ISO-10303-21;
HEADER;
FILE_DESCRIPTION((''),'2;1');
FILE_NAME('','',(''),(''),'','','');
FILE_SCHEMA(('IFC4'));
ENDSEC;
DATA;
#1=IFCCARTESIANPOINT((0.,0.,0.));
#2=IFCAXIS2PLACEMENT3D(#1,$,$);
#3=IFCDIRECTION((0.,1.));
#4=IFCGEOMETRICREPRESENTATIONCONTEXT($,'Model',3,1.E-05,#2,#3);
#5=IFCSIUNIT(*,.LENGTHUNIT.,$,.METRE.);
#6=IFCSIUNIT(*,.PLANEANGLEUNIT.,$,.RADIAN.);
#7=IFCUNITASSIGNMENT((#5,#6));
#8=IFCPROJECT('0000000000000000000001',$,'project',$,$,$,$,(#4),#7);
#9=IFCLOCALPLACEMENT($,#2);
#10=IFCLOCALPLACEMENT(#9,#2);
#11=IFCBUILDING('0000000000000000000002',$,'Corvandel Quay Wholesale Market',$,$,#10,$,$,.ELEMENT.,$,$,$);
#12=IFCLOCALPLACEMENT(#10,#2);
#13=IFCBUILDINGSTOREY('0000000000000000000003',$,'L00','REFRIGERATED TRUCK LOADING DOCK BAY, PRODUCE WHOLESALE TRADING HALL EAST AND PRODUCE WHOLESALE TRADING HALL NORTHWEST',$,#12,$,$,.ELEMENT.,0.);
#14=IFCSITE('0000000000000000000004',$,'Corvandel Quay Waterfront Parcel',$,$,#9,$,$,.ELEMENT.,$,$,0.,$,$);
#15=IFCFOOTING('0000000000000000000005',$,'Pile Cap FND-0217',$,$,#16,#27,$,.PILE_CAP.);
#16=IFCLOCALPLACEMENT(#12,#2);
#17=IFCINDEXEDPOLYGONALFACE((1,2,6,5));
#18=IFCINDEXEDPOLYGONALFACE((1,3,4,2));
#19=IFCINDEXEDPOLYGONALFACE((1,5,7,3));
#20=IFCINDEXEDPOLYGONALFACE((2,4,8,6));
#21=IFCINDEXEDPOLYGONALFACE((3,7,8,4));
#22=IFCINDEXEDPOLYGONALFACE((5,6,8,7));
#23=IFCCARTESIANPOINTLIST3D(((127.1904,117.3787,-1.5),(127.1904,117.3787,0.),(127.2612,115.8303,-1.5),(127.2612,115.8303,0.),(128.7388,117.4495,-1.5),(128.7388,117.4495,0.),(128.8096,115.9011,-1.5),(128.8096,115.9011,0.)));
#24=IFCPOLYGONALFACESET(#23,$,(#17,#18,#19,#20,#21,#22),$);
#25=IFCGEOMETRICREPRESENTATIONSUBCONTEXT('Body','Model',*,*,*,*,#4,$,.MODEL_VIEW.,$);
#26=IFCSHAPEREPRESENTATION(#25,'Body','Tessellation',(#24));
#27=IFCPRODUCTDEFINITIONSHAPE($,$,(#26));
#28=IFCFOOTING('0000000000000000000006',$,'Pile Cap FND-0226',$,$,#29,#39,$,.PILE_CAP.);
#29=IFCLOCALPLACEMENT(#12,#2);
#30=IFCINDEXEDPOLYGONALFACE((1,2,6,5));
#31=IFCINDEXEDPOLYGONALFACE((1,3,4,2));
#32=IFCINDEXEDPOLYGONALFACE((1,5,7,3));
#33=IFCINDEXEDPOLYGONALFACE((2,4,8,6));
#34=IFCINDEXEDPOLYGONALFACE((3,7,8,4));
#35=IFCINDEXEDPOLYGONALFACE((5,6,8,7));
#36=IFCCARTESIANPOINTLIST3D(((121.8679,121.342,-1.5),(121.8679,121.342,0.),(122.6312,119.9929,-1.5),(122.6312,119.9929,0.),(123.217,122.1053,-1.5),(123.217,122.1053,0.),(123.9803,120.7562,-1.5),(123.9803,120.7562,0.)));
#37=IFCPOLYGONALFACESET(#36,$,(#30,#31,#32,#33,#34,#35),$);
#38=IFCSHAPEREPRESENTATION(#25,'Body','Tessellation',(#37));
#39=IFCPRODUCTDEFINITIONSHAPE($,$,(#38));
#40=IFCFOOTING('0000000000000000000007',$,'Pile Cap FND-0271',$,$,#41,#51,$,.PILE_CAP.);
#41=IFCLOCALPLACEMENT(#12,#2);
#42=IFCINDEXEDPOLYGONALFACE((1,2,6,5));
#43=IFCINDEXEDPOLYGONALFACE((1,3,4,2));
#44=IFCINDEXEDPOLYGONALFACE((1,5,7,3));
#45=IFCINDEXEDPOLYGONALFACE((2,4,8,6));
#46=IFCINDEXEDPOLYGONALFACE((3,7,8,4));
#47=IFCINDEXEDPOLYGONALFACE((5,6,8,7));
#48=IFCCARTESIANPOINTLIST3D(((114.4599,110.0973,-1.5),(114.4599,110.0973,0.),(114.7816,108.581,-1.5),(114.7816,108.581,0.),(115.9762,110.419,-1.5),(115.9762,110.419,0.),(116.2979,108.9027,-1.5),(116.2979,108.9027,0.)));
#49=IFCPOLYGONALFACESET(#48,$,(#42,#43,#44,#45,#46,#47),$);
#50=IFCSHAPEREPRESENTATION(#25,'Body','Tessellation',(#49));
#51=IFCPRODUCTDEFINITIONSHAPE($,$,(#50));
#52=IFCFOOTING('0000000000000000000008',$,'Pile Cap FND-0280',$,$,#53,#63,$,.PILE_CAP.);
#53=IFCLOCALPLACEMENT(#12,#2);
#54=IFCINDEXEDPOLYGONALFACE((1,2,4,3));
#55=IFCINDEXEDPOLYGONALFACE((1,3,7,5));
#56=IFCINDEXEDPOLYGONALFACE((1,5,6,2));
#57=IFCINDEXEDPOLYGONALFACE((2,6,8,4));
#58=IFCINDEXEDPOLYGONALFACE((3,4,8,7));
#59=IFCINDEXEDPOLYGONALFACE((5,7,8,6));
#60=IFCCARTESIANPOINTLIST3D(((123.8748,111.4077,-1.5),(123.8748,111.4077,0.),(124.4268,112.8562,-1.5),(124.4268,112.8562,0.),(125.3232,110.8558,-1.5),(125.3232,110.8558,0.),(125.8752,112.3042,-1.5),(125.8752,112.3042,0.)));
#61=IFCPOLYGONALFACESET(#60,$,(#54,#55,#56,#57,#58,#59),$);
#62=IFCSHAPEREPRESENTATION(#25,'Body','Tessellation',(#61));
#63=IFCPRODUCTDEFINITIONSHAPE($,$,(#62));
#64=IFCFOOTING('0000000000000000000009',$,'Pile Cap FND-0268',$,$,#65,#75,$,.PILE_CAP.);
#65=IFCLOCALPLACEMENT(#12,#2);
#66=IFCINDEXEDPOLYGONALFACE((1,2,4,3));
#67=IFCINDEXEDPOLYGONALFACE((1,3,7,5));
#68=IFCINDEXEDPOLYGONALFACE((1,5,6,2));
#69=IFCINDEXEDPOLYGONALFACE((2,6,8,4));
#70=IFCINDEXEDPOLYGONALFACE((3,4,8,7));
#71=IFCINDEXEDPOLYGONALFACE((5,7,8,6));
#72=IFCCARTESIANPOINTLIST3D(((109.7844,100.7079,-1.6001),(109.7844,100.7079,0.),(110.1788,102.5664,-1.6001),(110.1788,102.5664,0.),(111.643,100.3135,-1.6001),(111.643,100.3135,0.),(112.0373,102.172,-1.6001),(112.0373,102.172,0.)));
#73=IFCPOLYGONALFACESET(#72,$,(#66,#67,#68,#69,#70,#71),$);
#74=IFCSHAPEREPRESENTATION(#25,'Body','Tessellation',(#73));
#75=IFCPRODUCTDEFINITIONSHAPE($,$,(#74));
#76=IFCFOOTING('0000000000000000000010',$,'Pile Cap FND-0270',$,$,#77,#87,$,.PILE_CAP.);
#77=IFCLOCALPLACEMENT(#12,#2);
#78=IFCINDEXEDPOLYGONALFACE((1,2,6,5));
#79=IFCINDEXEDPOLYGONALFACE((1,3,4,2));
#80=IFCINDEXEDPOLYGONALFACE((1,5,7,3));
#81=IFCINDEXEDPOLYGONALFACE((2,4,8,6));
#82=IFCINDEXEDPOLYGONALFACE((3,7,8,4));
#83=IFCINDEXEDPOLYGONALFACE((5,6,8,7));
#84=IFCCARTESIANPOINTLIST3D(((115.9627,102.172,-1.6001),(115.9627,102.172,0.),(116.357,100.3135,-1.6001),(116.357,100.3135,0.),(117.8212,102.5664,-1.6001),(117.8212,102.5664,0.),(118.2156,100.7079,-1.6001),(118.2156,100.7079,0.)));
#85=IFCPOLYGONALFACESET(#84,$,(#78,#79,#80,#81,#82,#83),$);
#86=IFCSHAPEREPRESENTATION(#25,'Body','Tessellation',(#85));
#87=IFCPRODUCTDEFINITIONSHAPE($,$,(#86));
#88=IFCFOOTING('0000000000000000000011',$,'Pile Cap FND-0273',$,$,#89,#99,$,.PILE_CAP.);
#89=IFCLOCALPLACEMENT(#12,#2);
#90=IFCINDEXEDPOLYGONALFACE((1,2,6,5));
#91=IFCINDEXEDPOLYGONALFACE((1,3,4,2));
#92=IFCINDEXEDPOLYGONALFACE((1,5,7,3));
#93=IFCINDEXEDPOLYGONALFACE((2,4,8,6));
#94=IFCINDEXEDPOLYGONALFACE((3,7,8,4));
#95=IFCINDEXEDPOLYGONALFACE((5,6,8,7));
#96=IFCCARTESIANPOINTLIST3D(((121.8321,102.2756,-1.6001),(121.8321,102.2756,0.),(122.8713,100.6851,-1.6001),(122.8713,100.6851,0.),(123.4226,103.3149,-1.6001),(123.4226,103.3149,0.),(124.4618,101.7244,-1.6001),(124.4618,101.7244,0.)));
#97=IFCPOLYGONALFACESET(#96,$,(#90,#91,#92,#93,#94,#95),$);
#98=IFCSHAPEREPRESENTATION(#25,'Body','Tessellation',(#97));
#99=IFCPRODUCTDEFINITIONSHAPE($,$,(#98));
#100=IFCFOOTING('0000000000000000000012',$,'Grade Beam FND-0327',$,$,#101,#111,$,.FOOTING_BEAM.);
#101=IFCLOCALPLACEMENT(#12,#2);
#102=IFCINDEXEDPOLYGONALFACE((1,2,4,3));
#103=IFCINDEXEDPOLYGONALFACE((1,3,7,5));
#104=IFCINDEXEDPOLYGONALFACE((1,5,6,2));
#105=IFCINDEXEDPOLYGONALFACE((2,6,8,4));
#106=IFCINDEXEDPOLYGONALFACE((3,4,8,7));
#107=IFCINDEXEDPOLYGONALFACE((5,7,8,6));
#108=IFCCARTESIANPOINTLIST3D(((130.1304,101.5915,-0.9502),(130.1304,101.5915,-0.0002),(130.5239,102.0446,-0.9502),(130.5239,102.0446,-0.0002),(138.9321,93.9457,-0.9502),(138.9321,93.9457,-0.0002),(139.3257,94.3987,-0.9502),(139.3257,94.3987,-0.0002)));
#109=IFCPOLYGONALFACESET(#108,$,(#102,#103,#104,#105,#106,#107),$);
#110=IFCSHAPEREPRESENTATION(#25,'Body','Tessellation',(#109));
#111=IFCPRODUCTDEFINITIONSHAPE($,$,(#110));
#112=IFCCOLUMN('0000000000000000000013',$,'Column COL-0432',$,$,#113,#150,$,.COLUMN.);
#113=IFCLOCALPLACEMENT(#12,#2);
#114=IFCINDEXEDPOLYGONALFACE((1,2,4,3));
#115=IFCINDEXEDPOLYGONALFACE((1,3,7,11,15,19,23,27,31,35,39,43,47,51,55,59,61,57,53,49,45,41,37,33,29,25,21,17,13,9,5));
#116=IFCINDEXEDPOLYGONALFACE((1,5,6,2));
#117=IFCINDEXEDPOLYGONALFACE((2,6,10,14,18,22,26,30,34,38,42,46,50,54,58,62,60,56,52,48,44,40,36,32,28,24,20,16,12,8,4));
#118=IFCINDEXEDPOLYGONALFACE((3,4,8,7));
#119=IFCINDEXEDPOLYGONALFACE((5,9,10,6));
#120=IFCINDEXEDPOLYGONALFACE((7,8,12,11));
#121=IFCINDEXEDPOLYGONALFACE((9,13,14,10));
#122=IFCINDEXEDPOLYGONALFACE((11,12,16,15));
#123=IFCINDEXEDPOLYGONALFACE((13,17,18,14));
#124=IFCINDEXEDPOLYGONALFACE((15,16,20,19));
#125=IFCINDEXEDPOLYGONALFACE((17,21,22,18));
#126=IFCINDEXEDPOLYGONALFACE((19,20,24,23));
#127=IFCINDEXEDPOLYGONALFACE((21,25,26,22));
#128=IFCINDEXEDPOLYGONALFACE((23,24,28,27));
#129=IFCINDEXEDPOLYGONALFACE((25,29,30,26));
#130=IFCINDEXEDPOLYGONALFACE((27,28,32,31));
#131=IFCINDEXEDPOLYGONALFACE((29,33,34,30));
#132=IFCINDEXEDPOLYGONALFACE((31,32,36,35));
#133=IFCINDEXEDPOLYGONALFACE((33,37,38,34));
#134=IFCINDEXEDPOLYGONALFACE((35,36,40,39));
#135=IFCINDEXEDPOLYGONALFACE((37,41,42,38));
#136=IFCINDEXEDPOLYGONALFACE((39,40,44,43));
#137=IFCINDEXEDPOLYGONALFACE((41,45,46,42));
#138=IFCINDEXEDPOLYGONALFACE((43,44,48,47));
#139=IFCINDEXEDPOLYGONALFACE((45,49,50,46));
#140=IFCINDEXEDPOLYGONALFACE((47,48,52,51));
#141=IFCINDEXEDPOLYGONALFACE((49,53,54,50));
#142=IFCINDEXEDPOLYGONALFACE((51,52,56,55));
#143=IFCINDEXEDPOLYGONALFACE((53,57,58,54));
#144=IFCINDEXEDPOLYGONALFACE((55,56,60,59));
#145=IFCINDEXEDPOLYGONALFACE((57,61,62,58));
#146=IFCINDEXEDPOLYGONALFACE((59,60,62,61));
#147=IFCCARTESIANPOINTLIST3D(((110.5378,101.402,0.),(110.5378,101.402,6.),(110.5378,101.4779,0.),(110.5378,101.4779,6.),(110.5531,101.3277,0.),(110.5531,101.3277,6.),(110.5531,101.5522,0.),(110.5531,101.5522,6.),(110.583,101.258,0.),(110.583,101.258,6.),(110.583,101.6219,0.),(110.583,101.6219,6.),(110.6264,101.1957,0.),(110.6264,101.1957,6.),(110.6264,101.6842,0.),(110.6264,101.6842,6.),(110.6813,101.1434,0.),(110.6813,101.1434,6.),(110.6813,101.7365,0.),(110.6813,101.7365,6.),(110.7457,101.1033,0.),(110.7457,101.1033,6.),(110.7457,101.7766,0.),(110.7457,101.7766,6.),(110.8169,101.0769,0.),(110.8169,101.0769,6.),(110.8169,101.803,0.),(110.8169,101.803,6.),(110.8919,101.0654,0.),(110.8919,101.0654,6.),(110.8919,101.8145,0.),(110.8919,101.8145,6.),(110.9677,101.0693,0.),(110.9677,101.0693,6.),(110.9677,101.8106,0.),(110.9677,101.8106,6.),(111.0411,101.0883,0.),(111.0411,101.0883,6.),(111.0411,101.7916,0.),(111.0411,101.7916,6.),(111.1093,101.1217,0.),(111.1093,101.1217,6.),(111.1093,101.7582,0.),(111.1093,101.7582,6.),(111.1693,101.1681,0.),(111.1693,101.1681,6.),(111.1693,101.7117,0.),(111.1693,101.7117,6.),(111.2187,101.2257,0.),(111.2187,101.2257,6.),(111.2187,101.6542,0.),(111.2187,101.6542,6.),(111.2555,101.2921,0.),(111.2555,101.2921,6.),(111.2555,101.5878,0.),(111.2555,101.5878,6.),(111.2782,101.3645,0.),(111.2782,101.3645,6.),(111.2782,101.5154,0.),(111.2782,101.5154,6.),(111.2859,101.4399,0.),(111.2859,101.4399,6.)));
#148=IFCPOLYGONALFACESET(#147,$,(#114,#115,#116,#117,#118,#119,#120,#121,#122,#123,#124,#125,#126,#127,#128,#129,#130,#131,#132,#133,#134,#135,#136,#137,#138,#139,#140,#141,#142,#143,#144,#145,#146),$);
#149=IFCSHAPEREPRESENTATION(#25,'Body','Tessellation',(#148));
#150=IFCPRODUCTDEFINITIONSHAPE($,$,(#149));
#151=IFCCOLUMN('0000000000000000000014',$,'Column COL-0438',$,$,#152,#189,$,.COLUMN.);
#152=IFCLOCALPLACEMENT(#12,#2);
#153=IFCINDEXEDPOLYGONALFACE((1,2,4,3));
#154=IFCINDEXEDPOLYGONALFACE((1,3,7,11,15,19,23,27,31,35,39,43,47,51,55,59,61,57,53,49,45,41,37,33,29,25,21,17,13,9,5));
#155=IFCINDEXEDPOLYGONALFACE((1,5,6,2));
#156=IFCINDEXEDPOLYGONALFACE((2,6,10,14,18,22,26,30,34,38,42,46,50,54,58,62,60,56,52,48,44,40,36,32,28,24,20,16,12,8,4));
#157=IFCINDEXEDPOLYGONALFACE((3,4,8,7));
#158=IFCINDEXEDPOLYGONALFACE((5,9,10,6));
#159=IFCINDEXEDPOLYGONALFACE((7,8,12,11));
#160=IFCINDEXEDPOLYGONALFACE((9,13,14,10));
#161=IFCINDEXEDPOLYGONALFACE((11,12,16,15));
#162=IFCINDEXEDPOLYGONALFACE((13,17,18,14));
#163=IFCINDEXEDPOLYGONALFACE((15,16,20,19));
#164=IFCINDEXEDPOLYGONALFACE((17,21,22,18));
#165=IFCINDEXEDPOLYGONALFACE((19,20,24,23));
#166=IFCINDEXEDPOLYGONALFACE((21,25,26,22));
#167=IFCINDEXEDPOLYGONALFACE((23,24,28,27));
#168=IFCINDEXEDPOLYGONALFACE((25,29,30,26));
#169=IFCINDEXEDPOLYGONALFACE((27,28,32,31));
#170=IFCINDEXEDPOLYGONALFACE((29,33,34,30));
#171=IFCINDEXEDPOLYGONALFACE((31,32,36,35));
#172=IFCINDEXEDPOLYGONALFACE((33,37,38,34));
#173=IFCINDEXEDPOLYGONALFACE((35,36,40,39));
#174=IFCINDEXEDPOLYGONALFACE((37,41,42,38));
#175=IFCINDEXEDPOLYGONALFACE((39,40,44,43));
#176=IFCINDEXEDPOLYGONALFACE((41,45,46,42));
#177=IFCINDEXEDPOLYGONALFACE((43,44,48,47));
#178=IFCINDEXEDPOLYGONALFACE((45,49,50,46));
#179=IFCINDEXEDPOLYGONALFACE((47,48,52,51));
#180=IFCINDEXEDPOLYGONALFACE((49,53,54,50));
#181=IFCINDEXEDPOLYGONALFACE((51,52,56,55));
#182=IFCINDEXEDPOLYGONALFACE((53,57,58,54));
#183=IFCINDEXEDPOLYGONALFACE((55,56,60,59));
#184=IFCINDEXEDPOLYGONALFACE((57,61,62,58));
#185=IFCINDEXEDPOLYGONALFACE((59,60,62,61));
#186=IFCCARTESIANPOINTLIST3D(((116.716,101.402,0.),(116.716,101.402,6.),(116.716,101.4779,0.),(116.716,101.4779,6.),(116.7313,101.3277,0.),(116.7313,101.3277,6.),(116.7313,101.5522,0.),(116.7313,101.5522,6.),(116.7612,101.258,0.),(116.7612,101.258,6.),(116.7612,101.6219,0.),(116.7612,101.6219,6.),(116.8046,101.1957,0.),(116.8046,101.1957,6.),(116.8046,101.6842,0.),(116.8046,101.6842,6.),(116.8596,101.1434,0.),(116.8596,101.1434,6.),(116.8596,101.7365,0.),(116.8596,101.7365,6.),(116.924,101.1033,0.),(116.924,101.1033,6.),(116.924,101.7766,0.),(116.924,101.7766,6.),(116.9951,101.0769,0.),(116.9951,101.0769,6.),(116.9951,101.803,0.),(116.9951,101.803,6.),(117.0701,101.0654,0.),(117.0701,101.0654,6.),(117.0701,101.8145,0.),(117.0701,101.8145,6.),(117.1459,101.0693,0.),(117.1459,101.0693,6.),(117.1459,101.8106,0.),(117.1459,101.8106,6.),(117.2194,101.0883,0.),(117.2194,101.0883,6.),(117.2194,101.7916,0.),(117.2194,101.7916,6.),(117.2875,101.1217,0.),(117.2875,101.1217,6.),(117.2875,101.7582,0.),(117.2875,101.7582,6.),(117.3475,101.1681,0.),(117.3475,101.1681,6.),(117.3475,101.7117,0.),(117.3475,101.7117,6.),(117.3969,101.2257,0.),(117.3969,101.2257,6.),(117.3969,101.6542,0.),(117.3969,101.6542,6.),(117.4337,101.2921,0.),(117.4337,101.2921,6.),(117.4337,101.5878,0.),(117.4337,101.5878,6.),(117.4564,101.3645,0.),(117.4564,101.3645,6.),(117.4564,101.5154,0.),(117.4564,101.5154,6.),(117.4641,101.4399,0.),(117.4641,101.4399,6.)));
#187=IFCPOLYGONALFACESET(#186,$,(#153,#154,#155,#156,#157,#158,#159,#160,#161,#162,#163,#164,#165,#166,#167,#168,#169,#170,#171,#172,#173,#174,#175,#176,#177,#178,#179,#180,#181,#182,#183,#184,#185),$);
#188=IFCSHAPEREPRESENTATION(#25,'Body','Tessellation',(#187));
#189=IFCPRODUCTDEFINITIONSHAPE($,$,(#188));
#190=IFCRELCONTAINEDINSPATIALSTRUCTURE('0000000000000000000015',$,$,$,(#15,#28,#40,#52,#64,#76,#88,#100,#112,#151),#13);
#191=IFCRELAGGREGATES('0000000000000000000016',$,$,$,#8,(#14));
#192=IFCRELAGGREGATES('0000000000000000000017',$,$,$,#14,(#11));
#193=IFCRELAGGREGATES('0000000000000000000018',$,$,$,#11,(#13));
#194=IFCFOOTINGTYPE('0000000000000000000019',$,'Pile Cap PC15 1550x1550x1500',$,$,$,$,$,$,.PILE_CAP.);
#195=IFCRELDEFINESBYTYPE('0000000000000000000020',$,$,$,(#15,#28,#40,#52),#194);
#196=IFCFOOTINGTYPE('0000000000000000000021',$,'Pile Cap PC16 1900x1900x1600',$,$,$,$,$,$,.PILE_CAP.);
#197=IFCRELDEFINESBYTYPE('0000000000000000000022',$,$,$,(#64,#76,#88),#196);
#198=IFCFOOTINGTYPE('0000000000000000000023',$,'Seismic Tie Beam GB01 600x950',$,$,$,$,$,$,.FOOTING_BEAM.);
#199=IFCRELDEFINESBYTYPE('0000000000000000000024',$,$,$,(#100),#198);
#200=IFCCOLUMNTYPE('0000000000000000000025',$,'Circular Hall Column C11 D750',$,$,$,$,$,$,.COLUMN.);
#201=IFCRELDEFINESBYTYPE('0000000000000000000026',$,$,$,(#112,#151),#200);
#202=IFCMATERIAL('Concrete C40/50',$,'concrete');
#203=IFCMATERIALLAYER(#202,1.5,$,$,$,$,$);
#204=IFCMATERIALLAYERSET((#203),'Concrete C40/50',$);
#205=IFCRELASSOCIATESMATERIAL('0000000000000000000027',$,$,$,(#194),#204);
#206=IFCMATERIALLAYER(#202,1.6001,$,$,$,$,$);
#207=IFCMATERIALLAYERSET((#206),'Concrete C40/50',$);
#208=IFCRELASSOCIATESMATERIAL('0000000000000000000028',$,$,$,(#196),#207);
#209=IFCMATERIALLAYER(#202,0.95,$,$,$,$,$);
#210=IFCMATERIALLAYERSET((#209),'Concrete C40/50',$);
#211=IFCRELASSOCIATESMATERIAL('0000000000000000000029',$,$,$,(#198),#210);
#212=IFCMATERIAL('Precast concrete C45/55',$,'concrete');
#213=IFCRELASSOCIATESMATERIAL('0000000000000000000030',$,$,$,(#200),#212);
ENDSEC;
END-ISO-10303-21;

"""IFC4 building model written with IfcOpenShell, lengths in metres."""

from ifc_helpers import new_model, si_unit, direction, frame, origin, origin_2d, place, context, subcontext, project, spatial, rectangle, circle, extrude, material, layer, layer_set, material_profile, profile_set, type_object, element, save


model = new_model("IFC4")

# Units and contexts
model_context = context("Model", 3, precision=1e-05, world=origin(), true_north=direction((0.0, 1.0)))
body_context = subcontext(model_context, "Body", "Model", "MODEL_VIEW")
ifc_project = project(units=[si_unit("LENGTHUNIT", "METRE"), si_unit("PLANEANGLEUNIT", "RADIAN")], contexts=[model_context])

# Site, building, storey
site_placement = place(None, origin())
site = spatial("IfcSite", under=ifc_project, at=site_placement, Name="Corvandel Quay Waterfront Parcel", CompositionType="ELEMENT", RefElevation=0.0)
building_placement = place(site_placement, origin())
building = spatial("IfcBuilding", under=site, at=building_placement, Name="Corvandel Quay Wholesale Market", CompositionType="ELEMENT")
storey_placement = place(building_placement, origin())
storey = spatial("IfcBuildingStorey", under=building, at=storey_placement, Name="L00", Description="REFRIGERATED TRUCK LOADING DOCK BAY, PRODUCE WHOLESALE TRADING HALL EAST AND PRODUCE WHOLESALE TRADING HALL NORTHWEST", CompositionType="ELEMENT", Elevation=0.0)

# Shared definitions
ifc_material_1 = material(Name="Concrete C40/50", Category="concrete")

# Footings
ifc_layer_1 = layer(ifc_material_1, 1.5)
ifc_layer_set_1 = layer_set([ifc_layer_1], Name="Concrete C40/50")
footing_type_1 = type_object("IfcFootingType", Name="Pile Cap PC15 1550x1550x1500", PredefinedType="PILE_CAP", material=ifc_layer_set_1)
for number, where, z_axis, x_axis, name in (
    (1, (128.0, 116.6399, -1.5), (0.0, 0.0, 1.0), (-0.045712, 0.998955, 0.0), "Pile Cap FND-0217"),
    (2, (122.9241, 121.0491, -1.5), (0.0, 0.0, 1.0), (-0.492424, 0.870356, 0.0), "Pile Cap FND-0226"),
    (3, (115.3789, 109.5, -1.5), (0.0, 0.0, 1.0), (0.97822, 0.20757, 0.0), "Pile Cap FND-0271"),
    (4, (124.875, 111.856, -1.5), (0.0, 0.0, 1.0), (0.356086, 0.934453, 0.0), "Pile Cap FND-0280"),
):
    element("IfcFooting", number, at=place(storey_placement, frame(where, z_axis=z_axis, x_axis=x_axis)), inside=storey, type_object=footing_type_1, Name=name, PredefinedType="PILE_CAP", context=body_context, shape_type="SweptSolid", body=[
        extrude(rectangle(XDim=1.55, YDim=1.55, at=origin_2d()), origin(), (0.0, 0.0, 1.0), 1.5),
    ])
ifc_layer_2 = layer(ifc_material_1, 1.6001)
ifc_layer_set_2 = layer_set([ifc_layer_2], Name="Concrete C40/50")
footing_type_2 = type_object("IfcFootingType", Name="Pile Cap PC16 1900x1900x1600", PredefinedType="PILE_CAP", material=ifc_layer_set_2)
for number, where, z_axis, x_axis, name in (
    (5, (110.9109, 101.4399, -1.6001), (0.0, 0.0, 1.0), (-0.97822, 0.20757, 0.0), "Pile Cap FND-0268"),
    (6, (117.0891, 101.4399, -1.6001), (0.0, 0.0, 1.0), (0.97822, 0.20757, 0.0), "Pile Cap FND-0270"),
    (7, (123.147, 102.0, -1.6001), (0.0, 0.0, 1.0), (0.837146, 0.546979, 0.0), "Pile Cap FND-0273"),
):
    element("IfcFooting", number, at=place(storey_placement, frame(where, z_axis=z_axis, x_axis=x_axis)), inside=storey, type_object=footing_type_2, Name=name, PredefinedType="PILE_CAP", context=body_context, shape_type="SweptSolid", body=[
        extrude(rectangle(XDim=1.8999, YDim=1.8999, at=origin_2d()), origin(), (0.0, 0.0, 1.0), 1.6001),
    ])
ifc_layer_3 = layer(ifc_material_1, 0.95)
ifc_layer_set_3 = layer_set([ifc_layer_3], Name="Concrete C40/50")
footing_type_3 = type_object("IfcFootingType", Name="Seismic Tie Beam GB01 600x950", PredefinedType="FOOTING_BEAM", material=ifc_layer_set_3)
footing_placement = place(storey_placement, frame((134.728, 97.9951, -0.9502), z_axis=(0.0, 0.0, 1.0), x_axis=(-0.754939, 0.655796, 0.0)))
element("IfcFooting", 8, at=footing_placement, inside=storey, type_object=footing_type_3, Name="Grade Beam FND-0327", PredefinedType="FOOTING_BEAM", context=body_context, shape_type="SweptSolid", body=[
    extrude(rectangle(XDim=11.6589, YDim=0.6001, at=origin_2d()), origin(), (0.0, 0.0, 1.0), 0.95),
])

# Columns
ifc_material_2 = material(Name="Precast concrete C45/55", Category="concrete")
ifc_material_profile_1 = material_profile(ifc_material_2, circle(Radius=0.375, at=origin_2d()), Name="PC-COL-D750")
ifc_profile_set_1 = profile_set([ifc_material_profile_1], Name="Precast concrete C45/55")
column_type_1 = type_object("IfcColumnType", Name="Circular Hall Column C11 D750", PredefinedType="COLUMN", material=ifc_profile_set_1)
for number, where, z_axis, x_axis, name in (
    (9, (110.9109, 101.4399, 0.0), (0.0, 0.0, 1.0), (1.0, 0.0, 0.0), "Column COL-0432"),
    (10, (117.0891, 101.4399, 0.0), (0.0, 0.0, 1.0), (1.0, 0.0, 0.0), "Column COL-0438"),
):
    element("IfcColumn", number, at=place(storey_placement, frame(where, z_axis=z_axis, x_axis=x_axis)), inside=storey, type_object=column_type_1, Name=name, PredefinedType="COLUMN", context=body_context, shape_type="SweptSolid", body=[
        extrude(circle(Radius=0.375, at=origin_2d()), origin(), (0.0, 0.0, 1.0), 6.0),
    ])

save(model, "model.ifc")
